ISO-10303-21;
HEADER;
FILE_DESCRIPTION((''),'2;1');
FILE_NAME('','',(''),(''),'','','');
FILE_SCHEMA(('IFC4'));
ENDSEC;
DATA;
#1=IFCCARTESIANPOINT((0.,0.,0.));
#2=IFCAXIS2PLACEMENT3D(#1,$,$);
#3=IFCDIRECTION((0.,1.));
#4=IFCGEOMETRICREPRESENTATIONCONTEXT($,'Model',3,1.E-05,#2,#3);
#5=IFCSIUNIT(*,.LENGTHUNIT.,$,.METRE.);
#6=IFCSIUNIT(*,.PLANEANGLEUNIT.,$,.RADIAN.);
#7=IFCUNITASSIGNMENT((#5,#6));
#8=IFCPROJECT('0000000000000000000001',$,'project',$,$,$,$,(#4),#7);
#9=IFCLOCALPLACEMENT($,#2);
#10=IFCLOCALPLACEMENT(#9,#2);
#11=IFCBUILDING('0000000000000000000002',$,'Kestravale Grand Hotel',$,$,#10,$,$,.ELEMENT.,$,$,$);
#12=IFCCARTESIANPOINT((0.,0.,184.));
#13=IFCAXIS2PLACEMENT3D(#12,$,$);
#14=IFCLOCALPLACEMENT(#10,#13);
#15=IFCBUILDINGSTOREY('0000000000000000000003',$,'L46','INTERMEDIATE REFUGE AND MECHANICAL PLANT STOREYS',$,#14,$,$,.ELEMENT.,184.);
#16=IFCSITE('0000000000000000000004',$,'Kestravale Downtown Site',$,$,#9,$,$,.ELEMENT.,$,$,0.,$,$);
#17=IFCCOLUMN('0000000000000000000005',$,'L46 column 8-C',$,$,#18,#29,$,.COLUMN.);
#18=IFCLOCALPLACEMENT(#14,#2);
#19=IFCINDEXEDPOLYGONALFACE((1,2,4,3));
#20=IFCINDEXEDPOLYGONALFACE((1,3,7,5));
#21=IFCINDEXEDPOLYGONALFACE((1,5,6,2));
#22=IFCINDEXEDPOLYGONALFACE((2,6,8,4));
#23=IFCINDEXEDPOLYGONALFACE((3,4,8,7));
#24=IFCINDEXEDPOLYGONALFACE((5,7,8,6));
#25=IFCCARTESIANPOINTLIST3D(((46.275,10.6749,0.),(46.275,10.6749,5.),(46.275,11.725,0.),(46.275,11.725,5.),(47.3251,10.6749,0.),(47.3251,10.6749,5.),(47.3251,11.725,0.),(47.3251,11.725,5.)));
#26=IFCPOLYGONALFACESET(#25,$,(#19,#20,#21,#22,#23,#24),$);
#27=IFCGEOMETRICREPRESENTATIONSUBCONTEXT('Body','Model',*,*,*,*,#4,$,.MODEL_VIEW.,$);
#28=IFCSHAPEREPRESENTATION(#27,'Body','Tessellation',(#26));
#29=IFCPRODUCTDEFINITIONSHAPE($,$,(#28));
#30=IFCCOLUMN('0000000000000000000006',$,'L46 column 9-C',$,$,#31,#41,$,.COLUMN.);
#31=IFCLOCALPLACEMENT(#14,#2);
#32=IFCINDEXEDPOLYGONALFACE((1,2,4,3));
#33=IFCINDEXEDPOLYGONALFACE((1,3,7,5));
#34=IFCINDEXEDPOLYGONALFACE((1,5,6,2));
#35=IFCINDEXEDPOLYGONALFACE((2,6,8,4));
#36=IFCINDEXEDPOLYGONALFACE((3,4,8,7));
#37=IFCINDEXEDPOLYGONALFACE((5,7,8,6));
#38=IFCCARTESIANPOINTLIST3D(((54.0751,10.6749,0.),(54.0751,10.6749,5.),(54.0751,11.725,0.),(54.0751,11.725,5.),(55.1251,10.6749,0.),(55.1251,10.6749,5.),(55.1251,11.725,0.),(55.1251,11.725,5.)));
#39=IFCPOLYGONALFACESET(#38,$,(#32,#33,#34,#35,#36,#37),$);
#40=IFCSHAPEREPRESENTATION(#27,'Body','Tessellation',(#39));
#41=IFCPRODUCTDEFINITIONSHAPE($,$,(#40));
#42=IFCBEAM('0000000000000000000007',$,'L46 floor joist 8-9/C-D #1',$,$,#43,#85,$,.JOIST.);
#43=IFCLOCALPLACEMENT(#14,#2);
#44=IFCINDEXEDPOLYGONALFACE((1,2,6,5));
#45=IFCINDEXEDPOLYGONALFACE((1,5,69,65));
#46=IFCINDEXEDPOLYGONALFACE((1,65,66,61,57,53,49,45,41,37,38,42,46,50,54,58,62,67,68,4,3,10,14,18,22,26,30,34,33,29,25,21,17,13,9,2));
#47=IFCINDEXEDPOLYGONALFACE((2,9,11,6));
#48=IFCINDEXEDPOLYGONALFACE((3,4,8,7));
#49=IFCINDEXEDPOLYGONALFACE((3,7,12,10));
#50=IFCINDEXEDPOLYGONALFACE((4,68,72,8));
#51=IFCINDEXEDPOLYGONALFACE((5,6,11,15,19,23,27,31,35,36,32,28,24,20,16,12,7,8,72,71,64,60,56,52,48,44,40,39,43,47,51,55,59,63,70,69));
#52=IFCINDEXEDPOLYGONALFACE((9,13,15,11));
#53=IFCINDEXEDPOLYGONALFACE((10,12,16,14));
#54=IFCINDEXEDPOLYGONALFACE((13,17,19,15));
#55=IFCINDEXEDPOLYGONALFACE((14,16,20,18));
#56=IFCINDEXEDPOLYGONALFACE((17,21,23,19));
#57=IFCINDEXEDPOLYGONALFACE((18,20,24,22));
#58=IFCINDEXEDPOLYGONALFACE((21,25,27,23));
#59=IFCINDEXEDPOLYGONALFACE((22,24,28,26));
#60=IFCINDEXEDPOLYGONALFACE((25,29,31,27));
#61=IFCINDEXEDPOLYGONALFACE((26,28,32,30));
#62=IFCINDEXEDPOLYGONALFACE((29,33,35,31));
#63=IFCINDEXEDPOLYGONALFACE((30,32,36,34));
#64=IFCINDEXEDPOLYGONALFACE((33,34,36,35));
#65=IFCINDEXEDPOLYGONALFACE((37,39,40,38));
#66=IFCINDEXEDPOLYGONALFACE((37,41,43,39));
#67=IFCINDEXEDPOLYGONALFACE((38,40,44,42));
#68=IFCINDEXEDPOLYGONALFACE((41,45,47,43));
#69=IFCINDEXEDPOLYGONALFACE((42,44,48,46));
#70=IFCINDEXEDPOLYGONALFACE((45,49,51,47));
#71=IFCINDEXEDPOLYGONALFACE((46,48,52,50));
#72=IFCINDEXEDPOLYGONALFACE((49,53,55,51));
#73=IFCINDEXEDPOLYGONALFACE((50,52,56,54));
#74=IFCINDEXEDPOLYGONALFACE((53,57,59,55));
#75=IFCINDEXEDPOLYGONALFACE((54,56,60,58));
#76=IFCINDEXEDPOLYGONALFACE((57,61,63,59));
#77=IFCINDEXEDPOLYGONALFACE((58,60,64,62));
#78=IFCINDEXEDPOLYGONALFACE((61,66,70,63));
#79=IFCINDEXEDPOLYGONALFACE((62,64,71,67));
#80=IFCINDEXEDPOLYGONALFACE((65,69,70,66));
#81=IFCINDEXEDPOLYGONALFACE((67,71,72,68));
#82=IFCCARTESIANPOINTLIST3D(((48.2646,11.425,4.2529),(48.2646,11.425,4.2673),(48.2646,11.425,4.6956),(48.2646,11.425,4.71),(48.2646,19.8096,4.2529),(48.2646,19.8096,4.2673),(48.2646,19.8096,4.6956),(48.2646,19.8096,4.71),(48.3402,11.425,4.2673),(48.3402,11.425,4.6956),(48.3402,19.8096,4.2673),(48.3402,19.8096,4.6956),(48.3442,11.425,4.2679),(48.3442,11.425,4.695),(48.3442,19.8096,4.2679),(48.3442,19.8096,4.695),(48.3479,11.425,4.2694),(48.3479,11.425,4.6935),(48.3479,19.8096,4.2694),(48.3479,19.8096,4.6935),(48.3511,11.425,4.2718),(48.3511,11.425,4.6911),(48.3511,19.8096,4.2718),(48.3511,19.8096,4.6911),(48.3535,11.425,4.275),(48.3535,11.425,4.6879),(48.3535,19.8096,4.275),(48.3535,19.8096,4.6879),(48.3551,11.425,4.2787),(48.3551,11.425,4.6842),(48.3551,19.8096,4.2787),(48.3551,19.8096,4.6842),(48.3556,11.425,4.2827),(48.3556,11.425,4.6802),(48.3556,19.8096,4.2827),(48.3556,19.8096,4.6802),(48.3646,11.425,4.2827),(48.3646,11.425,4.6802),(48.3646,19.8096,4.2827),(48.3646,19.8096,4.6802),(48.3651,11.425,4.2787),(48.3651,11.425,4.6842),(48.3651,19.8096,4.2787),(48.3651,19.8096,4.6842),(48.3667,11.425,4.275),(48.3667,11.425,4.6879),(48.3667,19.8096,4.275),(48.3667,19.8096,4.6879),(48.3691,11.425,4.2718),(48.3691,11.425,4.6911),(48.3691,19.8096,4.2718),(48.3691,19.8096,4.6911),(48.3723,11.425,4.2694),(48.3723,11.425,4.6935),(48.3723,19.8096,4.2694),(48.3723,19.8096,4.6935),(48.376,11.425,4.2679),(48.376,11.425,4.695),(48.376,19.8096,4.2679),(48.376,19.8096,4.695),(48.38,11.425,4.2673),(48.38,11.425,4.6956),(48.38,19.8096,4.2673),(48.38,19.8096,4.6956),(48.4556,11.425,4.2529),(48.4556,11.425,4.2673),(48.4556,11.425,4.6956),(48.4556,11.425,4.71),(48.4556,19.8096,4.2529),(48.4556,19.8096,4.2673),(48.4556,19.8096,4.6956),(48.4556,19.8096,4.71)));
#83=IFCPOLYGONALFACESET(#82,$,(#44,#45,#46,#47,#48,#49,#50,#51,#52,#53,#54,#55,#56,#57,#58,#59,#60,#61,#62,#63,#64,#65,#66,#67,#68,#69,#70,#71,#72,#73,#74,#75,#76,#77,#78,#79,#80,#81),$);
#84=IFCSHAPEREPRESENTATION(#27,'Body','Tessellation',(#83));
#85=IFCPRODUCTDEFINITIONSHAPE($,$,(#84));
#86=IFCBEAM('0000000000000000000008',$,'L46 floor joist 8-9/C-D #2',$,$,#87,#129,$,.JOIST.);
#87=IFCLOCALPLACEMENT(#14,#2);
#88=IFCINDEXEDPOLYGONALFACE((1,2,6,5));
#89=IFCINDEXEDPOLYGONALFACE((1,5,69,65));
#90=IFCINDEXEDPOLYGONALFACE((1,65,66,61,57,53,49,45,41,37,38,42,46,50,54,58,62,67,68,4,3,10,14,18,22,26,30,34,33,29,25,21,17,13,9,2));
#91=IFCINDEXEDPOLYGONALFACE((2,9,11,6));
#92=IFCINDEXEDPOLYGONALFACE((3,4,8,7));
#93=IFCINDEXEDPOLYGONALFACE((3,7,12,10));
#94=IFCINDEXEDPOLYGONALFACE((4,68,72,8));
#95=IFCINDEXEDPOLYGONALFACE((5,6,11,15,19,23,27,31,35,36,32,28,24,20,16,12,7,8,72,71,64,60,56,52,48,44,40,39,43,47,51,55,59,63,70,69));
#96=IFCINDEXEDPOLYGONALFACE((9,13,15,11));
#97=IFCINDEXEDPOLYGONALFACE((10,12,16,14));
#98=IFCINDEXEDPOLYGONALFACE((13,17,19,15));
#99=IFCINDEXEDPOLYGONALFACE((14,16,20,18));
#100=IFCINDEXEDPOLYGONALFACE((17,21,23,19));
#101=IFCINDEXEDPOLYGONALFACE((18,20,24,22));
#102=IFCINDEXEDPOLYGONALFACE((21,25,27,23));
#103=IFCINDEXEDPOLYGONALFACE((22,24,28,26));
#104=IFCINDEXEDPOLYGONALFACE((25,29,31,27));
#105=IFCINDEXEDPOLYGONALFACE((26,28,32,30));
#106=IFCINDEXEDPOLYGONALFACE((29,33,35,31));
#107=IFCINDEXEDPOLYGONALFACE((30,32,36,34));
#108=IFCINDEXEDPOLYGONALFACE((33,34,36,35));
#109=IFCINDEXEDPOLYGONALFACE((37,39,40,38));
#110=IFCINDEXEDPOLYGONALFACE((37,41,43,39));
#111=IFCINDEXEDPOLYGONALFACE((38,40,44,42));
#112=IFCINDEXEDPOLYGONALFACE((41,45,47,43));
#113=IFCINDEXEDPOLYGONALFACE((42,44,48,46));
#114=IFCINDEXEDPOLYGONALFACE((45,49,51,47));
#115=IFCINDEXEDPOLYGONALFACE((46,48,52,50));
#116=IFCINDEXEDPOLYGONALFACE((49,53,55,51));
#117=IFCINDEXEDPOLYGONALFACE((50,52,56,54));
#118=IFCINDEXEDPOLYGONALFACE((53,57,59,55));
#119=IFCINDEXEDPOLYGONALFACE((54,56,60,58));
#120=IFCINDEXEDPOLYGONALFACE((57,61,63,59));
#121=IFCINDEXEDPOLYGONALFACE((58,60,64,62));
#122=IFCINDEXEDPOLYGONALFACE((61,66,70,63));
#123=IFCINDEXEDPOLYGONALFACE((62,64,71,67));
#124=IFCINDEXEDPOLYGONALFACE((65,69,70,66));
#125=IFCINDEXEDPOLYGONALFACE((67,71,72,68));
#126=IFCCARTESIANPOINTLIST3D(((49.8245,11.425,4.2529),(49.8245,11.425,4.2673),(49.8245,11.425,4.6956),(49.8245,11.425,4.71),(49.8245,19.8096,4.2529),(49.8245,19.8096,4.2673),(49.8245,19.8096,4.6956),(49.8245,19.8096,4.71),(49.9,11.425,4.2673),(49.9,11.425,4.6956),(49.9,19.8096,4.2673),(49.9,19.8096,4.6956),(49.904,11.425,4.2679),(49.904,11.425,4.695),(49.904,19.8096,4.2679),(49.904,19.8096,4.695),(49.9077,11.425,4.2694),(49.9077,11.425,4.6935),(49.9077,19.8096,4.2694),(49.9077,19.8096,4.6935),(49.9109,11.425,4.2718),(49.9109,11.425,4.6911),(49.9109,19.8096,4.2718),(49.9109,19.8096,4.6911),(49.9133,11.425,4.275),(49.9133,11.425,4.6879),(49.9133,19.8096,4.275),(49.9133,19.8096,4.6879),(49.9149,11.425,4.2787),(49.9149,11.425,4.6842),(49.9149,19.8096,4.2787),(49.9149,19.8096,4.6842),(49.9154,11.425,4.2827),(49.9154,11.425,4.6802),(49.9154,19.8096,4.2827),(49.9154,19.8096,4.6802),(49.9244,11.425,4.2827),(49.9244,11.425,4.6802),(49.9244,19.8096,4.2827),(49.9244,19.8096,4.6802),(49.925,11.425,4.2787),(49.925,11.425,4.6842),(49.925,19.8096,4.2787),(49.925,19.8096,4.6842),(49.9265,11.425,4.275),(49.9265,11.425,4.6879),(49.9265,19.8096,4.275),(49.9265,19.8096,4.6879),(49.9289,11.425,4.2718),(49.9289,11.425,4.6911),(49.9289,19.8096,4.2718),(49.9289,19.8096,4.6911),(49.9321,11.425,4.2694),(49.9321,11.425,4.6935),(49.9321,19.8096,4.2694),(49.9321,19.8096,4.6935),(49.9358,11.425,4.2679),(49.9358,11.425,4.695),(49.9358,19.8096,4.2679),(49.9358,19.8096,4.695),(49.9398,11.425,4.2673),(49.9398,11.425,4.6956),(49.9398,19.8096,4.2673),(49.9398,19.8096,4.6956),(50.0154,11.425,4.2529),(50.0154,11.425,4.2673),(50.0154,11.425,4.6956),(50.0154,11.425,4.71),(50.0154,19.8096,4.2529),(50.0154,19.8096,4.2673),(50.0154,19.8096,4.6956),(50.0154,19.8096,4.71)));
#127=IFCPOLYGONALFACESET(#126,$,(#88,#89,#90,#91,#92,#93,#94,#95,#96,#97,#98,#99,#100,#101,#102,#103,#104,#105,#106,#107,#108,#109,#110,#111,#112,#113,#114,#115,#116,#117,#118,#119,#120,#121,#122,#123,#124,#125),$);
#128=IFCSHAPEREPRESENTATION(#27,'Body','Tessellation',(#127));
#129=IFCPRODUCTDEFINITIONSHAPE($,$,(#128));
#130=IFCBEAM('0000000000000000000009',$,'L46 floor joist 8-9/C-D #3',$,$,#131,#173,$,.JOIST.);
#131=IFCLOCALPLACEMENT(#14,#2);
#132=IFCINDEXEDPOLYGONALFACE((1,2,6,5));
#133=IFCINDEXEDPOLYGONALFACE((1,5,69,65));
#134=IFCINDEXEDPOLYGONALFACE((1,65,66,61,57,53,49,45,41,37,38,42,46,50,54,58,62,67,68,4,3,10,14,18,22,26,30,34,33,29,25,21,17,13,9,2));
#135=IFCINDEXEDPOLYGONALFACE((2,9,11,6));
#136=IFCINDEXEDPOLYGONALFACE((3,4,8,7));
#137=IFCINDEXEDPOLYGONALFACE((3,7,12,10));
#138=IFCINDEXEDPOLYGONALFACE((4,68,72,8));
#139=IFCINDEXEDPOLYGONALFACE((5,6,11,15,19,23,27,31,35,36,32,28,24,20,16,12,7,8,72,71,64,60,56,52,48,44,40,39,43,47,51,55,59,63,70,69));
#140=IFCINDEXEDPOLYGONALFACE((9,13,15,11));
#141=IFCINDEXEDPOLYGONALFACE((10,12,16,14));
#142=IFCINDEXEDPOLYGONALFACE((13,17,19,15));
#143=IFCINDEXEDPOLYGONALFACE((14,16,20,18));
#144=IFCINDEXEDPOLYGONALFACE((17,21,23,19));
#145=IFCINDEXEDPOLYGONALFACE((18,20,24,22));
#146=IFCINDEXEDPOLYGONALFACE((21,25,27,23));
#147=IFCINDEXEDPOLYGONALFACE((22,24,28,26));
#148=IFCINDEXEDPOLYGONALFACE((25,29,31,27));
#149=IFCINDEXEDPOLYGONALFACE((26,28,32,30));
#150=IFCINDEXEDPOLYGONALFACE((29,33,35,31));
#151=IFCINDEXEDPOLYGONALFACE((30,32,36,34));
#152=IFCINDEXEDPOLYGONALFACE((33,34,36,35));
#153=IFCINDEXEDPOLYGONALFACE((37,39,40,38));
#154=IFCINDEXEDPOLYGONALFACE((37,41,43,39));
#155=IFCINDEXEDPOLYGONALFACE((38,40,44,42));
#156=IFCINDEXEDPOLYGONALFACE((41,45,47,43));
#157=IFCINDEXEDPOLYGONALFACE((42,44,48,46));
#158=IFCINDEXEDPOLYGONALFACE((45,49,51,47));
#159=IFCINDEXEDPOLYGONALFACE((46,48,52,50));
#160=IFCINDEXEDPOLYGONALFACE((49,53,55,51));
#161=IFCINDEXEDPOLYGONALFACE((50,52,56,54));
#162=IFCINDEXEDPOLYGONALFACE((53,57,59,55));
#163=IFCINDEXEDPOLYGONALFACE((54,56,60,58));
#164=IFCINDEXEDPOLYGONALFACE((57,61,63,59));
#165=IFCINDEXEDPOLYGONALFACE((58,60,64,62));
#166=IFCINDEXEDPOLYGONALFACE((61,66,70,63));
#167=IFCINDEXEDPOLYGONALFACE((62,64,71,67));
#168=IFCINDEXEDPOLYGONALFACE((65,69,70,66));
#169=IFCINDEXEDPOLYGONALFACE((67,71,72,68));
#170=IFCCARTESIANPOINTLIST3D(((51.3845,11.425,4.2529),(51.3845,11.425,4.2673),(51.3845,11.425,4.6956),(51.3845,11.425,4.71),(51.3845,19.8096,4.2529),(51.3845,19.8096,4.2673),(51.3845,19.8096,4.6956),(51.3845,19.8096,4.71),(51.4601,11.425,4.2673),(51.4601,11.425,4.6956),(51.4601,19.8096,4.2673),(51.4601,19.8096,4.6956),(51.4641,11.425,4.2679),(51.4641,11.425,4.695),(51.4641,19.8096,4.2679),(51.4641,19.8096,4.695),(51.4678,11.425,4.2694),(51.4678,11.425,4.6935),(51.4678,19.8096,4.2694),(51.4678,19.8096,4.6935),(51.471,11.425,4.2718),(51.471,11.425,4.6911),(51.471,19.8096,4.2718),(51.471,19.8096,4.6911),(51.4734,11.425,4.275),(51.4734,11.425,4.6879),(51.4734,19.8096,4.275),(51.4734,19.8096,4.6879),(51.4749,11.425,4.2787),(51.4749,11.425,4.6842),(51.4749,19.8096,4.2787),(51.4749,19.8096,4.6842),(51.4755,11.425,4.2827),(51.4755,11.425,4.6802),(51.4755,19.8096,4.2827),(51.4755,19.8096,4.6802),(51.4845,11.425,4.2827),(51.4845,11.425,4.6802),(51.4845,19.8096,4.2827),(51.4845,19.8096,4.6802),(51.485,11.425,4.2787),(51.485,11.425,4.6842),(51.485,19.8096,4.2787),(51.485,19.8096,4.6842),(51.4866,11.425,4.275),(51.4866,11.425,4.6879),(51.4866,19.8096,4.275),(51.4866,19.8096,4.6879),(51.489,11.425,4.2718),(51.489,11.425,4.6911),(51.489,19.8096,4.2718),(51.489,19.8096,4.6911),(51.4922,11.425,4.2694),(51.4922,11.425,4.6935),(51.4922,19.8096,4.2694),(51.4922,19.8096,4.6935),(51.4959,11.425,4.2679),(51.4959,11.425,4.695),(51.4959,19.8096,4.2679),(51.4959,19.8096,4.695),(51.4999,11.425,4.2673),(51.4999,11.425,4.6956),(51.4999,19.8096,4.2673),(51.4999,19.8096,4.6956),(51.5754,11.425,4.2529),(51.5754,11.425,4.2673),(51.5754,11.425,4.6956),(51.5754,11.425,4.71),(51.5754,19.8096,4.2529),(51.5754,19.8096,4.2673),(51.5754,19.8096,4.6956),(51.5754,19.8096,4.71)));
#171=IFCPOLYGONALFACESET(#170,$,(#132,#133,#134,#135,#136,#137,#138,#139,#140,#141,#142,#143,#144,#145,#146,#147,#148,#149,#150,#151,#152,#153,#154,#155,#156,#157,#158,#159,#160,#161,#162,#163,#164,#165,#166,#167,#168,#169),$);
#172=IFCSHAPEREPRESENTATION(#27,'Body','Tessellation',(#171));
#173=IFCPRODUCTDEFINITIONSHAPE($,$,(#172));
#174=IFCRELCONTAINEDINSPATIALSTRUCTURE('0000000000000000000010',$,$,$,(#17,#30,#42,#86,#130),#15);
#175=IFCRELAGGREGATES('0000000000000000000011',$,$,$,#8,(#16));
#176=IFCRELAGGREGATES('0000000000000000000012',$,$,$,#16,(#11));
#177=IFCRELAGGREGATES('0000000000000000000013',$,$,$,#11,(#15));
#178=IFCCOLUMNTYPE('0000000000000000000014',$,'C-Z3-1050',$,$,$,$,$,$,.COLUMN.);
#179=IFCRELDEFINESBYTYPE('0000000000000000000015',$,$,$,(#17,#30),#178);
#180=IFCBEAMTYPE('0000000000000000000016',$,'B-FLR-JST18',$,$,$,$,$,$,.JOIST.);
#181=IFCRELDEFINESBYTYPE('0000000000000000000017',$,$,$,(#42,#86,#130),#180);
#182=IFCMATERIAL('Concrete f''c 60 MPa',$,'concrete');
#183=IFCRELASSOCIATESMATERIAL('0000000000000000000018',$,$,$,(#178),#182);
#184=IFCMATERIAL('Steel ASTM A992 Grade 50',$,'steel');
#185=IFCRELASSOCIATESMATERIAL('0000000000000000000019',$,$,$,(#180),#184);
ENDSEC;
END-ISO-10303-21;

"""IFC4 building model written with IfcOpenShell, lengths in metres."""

from ifc_helpers import new_model, si_unit, direction, frame, origin, origin_2d, place, context, subcontext, project, spatial, rectangle, i_section, extrude, material, material_profile, profile_set, type_object, element, save


model = new_model("IFC4")

# Units and contexts
model_context = context("Model", 3, precision=1e-05, world=origin(), true_north=direction((0.0, 1.0)))
body_context = subcontext(model_context, "Body", "Model", "MODEL_VIEW")
ifc_project = project(units=[si_unit("LENGTHUNIT", "METRE"), si_unit("PLANEANGLEUNIT", "RADIAN")], contexts=[model_context])

# Site, building, storey
site_placement = place(None, origin())
site = spatial("IfcSite", under=ifc_project, at=site_placement, Name="Kestravale Downtown Site", CompositionType="ELEMENT", RefElevation=0.0)
building_placement = place(site_placement, origin())
building = spatial("IfcBuilding", under=site, at=building_placement, Name="Kestravale Grand Hotel", CompositionType="ELEMENT")
storey_placement = place(building_placement, frame((0.0, 0.0, 184.0)))
storey = spatial("IfcBuildingStorey", under=building, at=storey_placement, Name="L46", Description="INTERMEDIATE REFUGE AND MECHANICAL PLANT STOREYS", CompositionType="ELEMENT", Elevation=184.0)

# Columns
ifc_material_1 = material(Name="Concrete f'c 60 MPa", Category="concrete")
ifc_material_profile_1 = material_profile(ifc_material_1, rectangle(XDim=1.05, YDim=1.05, at=origin_2d()))
ifc_profile_set_1 = profile_set([ifc_material_profile_1], Name="Concrete f'c 60 MPa")
column_type = type_object("IfcColumnType", Name="C-Z3-1050", PredefinedType="COLUMN", material=ifc_profile_set_1)
for number, where, z_axis, x_axis, name in (
    (1, (46.8, 11.2, 0.0), (0.0, 0.0, 1.0), (1.0, 0.0, 0.0), "L46 column 8-C"),
    (2, (54.6001, 11.2, 0.0), (0.0, 0.0, 1.0), (1.0, 0.0, 0.0), "L46 column 9-C"),
):
    element("IfcColumn", number, at=place(storey_placement, frame(where, z_axis=z_axis, x_axis=x_axis)), inside=storey, type_object=column_type, Name=name, PredefinedType="COLUMN", context=body_context, shape_type="SweptSolid", body=[
        extrude(rectangle(XDim=1.05, YDim=1.05, at=origin_2d()), origin(), (0.0, 0.0, 1.0), 5.0),
    ])

# Beams
ifc_material_2 = material(Name="Steel ASTM A992 Grade 50", Category="steel")
ifc_material_profile_2 = material_profile(ifc_material_2, i_section(OverallWidth=0.1909, OverallDepth=0.457, WebThickness=0.009, FlangeThickness=0.0144, FilletRadius=0.0154, at=origin_2d()))
ifc_profile_set_2 = profile_set([ifc_material_profile_2], Name="Steel ASTM A992 Grade 50")
beam_type_1 = type_object("IfcBeamType", Name="B-FLR-JST18", PredefinedType="JOIST", material=ifc_profile_set_2)
for number, where, z_axis, x_axis, name in (
    (3, (48.3601, 11.425, 4.4814), (0.0, 1.0, 0.0), (-1.0, 0.0, 0.0), "L46 floor joist 8-9/C-D #1"),
    (4, (49.9199, 11.425, 4.4814), (0.0, 1.0, 0.0), (-1.0, 0.0, 0.0), "L46 floor joist 8-9/C-D #2"),
    (5, (51.48, 11.425, 4.4814), (0.0, 1.0, 0.0), (-1.0, 0.0, 0.0), "L46 floor joist 8-9/C-D #3"),
):
    element("IfcBeam", number, at=place(storey_placement, frame(where, z_axis=z_axis, x_axis=x_axis)), inside=storey, type_object=beam_type_1, Name=name, PredefinedType="JOIST", context=body_context, shape_type="SweptSolid", body=[
        extrude(i_section(OverallWidth=0.1909, OverallDepth=0.457, WebThickness=0.009, FlangeThickness=0.0144, FilletRadius=0.0154, at=origin_2d()), origin(), (0.0, 0.0, 1.0), 8.3845),
    ])

save(model, "model.ifc")
